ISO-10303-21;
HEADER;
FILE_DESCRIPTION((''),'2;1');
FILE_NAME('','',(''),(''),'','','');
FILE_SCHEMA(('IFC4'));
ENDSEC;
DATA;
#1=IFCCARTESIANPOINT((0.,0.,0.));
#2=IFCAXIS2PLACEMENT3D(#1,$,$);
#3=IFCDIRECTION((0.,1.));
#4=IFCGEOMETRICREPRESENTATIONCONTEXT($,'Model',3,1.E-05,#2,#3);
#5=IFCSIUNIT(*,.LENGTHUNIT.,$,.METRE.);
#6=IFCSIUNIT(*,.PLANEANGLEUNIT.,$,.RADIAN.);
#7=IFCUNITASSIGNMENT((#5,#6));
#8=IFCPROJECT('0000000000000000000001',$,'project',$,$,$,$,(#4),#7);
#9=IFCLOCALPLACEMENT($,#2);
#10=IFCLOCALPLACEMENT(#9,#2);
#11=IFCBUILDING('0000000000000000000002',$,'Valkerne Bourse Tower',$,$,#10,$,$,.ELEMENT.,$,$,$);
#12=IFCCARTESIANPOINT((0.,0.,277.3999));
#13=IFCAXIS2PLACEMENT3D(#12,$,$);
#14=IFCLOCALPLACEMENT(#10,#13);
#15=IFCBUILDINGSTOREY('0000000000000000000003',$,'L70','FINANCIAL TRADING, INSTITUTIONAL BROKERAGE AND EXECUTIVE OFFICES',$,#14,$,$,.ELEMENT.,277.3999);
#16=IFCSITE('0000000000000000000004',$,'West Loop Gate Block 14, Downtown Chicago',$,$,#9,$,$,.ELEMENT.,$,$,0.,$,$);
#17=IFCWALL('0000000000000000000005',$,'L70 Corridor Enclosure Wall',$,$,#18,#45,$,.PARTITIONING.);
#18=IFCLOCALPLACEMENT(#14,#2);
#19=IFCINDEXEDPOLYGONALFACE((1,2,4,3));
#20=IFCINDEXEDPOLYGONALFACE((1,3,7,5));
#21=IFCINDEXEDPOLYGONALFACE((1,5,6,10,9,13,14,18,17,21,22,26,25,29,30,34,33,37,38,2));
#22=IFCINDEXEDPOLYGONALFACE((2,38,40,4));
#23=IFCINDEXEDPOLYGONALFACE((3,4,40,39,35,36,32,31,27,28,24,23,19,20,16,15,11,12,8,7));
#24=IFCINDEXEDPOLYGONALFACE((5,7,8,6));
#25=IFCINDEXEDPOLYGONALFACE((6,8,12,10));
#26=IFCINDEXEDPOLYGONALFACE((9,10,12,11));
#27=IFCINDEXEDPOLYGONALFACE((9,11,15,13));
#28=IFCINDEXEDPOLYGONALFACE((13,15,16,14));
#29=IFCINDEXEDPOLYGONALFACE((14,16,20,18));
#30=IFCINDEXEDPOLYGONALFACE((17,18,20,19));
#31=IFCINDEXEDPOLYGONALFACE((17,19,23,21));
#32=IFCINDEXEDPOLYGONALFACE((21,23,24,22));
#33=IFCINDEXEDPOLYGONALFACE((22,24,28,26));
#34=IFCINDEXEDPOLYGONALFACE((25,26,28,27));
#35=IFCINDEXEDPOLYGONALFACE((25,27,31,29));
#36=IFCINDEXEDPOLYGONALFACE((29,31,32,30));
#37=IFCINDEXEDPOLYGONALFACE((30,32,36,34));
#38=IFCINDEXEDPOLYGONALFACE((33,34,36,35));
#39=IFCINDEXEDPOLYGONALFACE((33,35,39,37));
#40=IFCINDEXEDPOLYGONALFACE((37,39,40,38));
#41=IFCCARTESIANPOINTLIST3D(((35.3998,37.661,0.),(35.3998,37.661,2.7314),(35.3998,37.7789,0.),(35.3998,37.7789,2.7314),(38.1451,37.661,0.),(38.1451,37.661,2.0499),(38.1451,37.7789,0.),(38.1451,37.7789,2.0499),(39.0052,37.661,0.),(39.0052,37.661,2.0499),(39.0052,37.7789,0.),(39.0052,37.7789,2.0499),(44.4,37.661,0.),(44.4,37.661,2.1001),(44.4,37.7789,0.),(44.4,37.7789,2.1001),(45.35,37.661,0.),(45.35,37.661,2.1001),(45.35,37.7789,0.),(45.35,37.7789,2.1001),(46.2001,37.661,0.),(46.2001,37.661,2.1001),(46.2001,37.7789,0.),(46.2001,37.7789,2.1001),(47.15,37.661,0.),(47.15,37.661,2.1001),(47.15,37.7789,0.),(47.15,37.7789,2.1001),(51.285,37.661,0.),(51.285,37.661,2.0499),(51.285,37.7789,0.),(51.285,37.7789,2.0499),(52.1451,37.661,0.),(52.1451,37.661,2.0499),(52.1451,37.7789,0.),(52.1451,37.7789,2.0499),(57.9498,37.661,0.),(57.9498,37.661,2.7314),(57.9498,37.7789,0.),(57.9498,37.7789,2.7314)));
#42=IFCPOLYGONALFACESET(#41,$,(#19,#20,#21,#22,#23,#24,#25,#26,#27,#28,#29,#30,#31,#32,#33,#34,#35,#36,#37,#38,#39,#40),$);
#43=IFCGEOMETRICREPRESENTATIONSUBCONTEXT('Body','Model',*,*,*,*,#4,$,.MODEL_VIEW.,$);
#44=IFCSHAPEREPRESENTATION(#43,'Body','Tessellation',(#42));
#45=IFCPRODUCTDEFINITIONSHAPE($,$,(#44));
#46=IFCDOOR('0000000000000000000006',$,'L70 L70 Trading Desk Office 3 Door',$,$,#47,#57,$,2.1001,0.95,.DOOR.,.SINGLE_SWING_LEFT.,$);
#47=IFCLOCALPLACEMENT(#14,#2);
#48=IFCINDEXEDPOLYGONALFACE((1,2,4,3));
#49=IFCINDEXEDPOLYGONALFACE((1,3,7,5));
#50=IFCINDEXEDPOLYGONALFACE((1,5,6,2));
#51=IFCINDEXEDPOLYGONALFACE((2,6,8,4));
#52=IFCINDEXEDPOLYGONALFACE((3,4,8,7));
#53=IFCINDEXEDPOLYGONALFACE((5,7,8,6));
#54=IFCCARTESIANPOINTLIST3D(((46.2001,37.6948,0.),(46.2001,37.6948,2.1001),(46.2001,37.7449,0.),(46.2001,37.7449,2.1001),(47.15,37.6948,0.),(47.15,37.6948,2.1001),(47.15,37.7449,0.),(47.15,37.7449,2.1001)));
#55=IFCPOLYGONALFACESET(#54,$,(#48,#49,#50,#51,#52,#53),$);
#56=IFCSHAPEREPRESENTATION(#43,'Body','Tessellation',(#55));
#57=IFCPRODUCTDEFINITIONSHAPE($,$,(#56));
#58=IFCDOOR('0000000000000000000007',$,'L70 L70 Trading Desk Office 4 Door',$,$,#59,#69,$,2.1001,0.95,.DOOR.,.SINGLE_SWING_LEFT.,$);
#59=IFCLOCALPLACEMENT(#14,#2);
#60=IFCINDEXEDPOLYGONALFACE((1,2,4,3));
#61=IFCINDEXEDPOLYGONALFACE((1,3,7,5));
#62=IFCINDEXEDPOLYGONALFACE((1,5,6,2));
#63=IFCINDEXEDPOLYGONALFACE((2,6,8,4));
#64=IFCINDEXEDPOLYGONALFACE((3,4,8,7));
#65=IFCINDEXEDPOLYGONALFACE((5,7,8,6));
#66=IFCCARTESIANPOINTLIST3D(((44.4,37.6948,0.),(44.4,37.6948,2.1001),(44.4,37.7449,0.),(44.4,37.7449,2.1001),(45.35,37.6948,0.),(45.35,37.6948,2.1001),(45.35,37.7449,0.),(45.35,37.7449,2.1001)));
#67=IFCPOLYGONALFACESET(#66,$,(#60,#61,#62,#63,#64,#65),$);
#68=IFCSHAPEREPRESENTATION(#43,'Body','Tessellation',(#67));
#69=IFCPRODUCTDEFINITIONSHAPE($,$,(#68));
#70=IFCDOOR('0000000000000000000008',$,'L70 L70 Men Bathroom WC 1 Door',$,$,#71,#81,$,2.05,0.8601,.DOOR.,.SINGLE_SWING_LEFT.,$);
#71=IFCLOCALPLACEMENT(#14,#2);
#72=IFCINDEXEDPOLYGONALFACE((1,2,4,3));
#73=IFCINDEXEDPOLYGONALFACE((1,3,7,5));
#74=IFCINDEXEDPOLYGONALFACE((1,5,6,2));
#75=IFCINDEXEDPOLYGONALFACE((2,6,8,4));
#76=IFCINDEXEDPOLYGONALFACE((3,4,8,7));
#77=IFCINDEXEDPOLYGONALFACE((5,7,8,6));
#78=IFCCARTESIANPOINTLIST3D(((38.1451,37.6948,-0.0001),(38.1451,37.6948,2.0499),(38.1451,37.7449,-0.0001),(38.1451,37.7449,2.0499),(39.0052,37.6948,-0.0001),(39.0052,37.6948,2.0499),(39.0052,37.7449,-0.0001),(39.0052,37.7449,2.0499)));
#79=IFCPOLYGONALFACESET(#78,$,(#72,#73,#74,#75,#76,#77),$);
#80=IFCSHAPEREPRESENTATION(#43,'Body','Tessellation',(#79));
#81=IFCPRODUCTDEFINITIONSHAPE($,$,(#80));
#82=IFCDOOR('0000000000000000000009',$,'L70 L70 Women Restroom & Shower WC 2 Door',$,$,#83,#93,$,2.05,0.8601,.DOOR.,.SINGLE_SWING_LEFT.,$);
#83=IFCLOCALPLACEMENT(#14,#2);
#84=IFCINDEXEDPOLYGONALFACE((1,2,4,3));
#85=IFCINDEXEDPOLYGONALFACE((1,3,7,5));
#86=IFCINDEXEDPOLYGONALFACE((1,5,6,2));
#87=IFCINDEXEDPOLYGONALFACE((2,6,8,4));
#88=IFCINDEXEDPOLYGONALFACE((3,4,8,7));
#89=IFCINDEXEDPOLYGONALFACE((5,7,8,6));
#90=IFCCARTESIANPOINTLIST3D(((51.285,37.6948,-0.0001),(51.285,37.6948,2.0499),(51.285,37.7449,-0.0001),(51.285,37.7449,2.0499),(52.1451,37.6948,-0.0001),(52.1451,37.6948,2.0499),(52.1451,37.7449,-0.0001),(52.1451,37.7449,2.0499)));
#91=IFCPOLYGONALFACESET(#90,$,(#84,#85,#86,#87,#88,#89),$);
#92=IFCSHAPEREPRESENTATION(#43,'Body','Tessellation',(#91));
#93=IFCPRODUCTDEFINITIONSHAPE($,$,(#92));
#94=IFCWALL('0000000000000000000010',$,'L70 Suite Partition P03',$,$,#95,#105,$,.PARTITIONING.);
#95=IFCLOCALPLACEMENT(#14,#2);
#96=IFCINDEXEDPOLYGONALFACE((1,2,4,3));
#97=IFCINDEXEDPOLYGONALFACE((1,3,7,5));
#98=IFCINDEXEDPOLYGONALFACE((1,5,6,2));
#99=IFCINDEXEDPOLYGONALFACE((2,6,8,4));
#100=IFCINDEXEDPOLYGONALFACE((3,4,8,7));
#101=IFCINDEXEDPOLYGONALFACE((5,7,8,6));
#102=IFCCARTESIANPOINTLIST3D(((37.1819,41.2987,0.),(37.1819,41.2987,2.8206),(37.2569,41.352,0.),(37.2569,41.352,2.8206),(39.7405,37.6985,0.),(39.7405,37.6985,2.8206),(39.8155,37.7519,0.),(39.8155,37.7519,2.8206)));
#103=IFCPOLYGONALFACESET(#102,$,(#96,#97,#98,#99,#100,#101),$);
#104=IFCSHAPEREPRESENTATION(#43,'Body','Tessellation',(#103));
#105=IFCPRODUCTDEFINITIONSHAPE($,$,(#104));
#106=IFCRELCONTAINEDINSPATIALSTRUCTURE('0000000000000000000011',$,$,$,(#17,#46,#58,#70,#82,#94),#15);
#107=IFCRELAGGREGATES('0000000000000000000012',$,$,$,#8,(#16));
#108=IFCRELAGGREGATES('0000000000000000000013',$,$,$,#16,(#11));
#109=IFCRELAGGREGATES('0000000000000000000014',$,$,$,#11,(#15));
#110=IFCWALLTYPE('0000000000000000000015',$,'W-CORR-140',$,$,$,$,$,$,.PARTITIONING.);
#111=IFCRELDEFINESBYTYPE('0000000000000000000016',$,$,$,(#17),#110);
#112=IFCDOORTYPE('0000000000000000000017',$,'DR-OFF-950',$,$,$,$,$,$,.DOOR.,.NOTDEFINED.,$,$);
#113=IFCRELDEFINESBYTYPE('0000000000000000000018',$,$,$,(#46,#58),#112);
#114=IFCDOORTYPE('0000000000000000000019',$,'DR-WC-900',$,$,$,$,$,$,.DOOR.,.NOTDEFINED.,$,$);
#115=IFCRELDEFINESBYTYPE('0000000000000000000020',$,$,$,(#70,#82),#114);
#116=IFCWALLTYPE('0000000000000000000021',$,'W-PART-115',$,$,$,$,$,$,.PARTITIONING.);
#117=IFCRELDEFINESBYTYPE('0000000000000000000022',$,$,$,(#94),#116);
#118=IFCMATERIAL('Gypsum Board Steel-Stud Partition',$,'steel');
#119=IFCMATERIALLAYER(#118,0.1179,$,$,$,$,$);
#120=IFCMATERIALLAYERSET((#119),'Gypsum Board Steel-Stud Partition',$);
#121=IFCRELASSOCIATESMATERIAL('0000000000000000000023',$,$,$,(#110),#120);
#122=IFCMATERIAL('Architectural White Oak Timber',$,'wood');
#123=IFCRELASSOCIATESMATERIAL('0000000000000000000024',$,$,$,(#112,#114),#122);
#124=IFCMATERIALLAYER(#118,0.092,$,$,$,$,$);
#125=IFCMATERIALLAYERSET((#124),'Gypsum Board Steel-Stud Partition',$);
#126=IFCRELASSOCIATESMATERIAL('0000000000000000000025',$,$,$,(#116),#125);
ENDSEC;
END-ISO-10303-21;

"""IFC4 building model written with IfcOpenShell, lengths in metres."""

from ifc_helpers import new_model, si_unit, direction, frame, frame_2d, origin, place, context, subcontext, project, spatial, rectangle, extrude, material, layer, layer_set, type_object, element, fill, save


model = new_model("IFC4")

# Units and contexts
model_context = context("Model", 3, precision=1e-05, world=origin(), true_north=direction((0.0, 1.0)))
body_context = subcontext(model_context, "Body", "Model", "MODEL_VIEW")
ifc_project = project(units=[si_unit("LENGTHUNIT", "METRE"), si_unit("PLANEANGLEUNIT", "RADIAN")], contexts=[model_context])

# Site, building, storey
site_placement = place(None, origin())
site = spatial("IfcSite", under=ifc_project, at=site_placement, Name="West Loop Gate Block 14, Downtown Chicago", CompositionType="ELEMENT", RefElevation=0.0)
building_placement = place(site_placement, origin())
building = spatial("IfcBuilding", under=site, at=building_placement, Name="Valkerne Bourse Tower", CompositionType="ELEMENT")
storey_placement = place(building_placement, frame((0.0, 0.0, 277.3999)))
storey = spatial("IfcBuildingStorey", under=building, at=storey_placement, Name="L70", Description="FINANCIAL TRADING, INSTITUTIONAL BROKERAGE AND EXECUTIVE OFFICES", CompositionType="ELEMENT", Elevation=277.3999)

# Wall, openings, doors
ifc_material_1 = material(Name="Gypsum Board Steel-Stud Partition", Category="steel")
ifc_layer_1 = layer(ifc_material_1, 0.1179)
ifc_layer_set_1 = layer_set([ifc_layer_1], Name="Gypsum Board Steel-Stud Partition")
wall_type_1 = type_object("IfcWallType", Name="W-CORR-140", PredefinedType="PARTITIONING", material=ifc_layer_set_1)
wall_1_placement = place(storey_placement, frame((35.3999, 37.72, 0.0), z_axis=(0.0, 0.0, 1.0), x_axis=(1.0, 0.0, 0.0)))
wall_1 = element("IfcWall", 1, at=wall_1_placement, inside=storey, type_object=wall_type_1, Name="L70 Corridor Enclosure Wall", PredefinedType="PARTITIONING", context=body_context, shape_type="SweptSolid", body=[
    extrude(rectangle(XDim=22.55, YDim=0.1179, at=frame_2d((11.2749, 0.0))), origin(), (0.0, 0.0, 1.0), 2.7314),
])
opening_1_placement = place(wall_1_placement, frame((2.7451, 0.0, 0.0)))
opening_1 = element("IfcOpeningElement", 2, at=opening_1_placement, cuts=wall_1, PredefinedType="OPENING", context=body_context, shape_type="SweptSolid", body=[
    extrude(rectangle(XDim=0.8601, YDim=2.05, at=frame_2d((0.4302, 1.0249))), frame((0.0, 0.0688, 0.0), z_axis=(0.0, -1.0, 0.0), x_axis=(1.0, 0.0, 0.0)), (0.0, 0.0, 1.0), 0.1379),
])
opening_2_placement = place(wall_1_placement, frame((15.885, 0.0, 0.0)))
opening_2 = element("IfcOpeningElement", 3, at=opening_2_placement, cuts=wall_1, PredefinedType="OPENING", context=body_context, shape_type="SweptSolid", body=[
    extrude(rectangle(XDim=0.8601, YDim=2.05, at=frame_2d((0.4302, 1.0249))), frame((0.0, 0.0688, 0.0), z_axis=(0.0, -1.0, 0.0), x_axis=(1.0, 0.0, 0.0)), (0.0, 0.0, 1.0), 0.1379),
])
opening_3_placement = place(wall_1_placement, frame((10.8, 0.0, 0.0)))
opening_3 = element("IfcOpeningElement", 4, at=opening_3_placement, cuts=wall_1, PredefinedType="OPENING", context=body_context, shape_type="SweptSolid", body=[
    extrude(rectangle(XDim=0.95, YDim=2.1001, at=frame_2d((0.4751, 1.05))), frame((0.0, 0.0688, 0.0), z_axis=(0.0, -1.0, 0.0), x_axis=(1.0, 0.0, 0.0)), (0.0, 0.0, 1.0), 0.1379),
])
opening_4_placement = place(wall_1_placement, frame((9.0, 0.0, 0.0)))
opening_4 = element("IfcOpeningElement", 5, at=opening_4_placement, cuts=wall_1, PredefinedType="OPENING", context=body_context, shape_type="SweptSolid", body=[
    extrude(rectangle(XDim=0.95, YDim=2.1001, at=frame_2d((0.4751, 1.05))), frame((0.0, 0.0688, 0.0), z_axis=(0.0, -1.0, 0.0), x_axis=(1.0, 0.0, 0.0)), (0.0, 0.0, 1.0), 0.1379),
])
ifc_material_2 = material(Name="Architectural White Oak Timber", Category="wood")
door_type_1 = type_object("IfcDoorType", Name="DR-OFF-950", OperationType="NOTDEFINED", PredefinedType="DOOR", material=ifc_material_2)
door_1_placement = place(opening_3_placement, origin())
door_1 = element("IfcDoor", 6, at=door_1_placement, inside=storey, type_object=door_type_1, Name="L70 L70 Trading Desk Office 3 Door", OperationType="SINGLE_SWING_LEFT", OverallHeight=2.1001, OverallWidth=0.95, PredefinedType="DOOR", context=body_context, shape_type="SweptSolid", body=[
    extrude(rectangle(XDim=0.95, YDim=2.1001, at=frame_2d((0.4751, 1.05))), frame((0.0, 0.0249, 0.0), z_axis=(0.0, -1.0, 0.0), x_axis=(1.0, 0.0, 0.0)), (0.0, 0.0, 1.0), 0.05),
])
fill(opening_3, door_1)
door_2_placement = place(opening_4_placement, origin())
door_2 = element("IfcDoor", 7, at=door_2_placement, inside=storey, type_object=door_type_1, Name="L70 L70 Trading Desk Office 4 Door", OperationType="SINGLE_SWING_LEFT", OverallHeight=2.1001, OverallWidth=0.95, PredefinedType="DOOR", context=body_context, shape_type="SweptSolid", body=[
    extrude(rectangle(XDim=0.95, YDim=2.1001, at=frame_2d((0.4751, 1.05))), frame((0.0, 0.0249, 0.0), z_axis=(0.0, -1.0, 0.0), x_axis=(1.0, 0.0, 0.0)), (0.0, 0.0, 1.0), 0.05),
])
fill(opening_4, door_2)
door_type_2 = type_object("IfcDoorType", Name="DR-WC-900", OperationType="NOTDEFINED", PredefinedType="DOOR", material=ifc_material_2)
door_3_placement = place(opening_1_placement, origin())
door_3 = element("IfcDoor", 8, at=door_3_placement, inside=storey, type_object=door_type_2, Name="L70 L70 Men Bathroom WC 1 Door", OperationType="SINGLE_SWING_LEFT", OverallHeight=2.05, OverallWidth=0.8601, PredefinedType="DOOR", context=body_context, shape_type="SweptSolid", body=[
    extrude(rectangle(XDim=0.8601, YDim=2.05, at=frame_2d((0.4302, 1.0249))), frame((0.0, 0.0249, 0.0), z_axis=(0.0, -1.0, 0.0), x_axis=(1.0, 0.0, 0.0)), (0.0, 0.0, 1.0), 0.05),
])
fill(opening_1, door_3)
door_4_placement = place(opening_2_placement, origin())
door_4 = element("IfcDoor", 9, at=door_4_placement, inside=storey, type_object=door_type_2, Name="L70 L70 Women Restroom & Shower WC 2 Door", OperationType="SINGLE_SWING_LEFT", OverallHeight=2.05, OverallWidth=0.8601, PredefinedType="DOOR", context=body_context, shape_type="SweptSolid", body=[
    extrude(rectangle(XDim=0.8601, YDim=2.05, at=frame_2d((0.4302, 1.0249))), frame((0.0, 0.0249, 0.0), z_axis=(0.0, -1.0, 0.0), x_axis=(1.0, 0.0, 0.0)), (0.0, 0.0, 1.0), 0.05),
])
fill(opening_2, door_4)

# Wall
ifc_layer_2 = layer(ifc_material_1, 0.092)
ifc_layer_set_2 = layer_set([ifc_layer_2], Name="Gypsum Board Steel-Stud Partition")
wall_type_2 = type_object("IfcWallType", Name="W-PART-115", PredefinedType="PARTITIONING", material=ifc_layer_set_2)
wall_2_placement = place(storey_placement, frame((39.7781, 37.7251, 0.0), z_axis=(0.0, 0.0, 1.0), x_axis=(-0.579302, 0.815113, 0.0)))
element("IfcWall", 10, at=wall_2_placement, inside=storey, type_object=wall_type_2, Name="L70 Suite Partition P03", PredefinedType="PARTITIONING", context=body_context, shape_type="SweptSolid", body=[
    extrude(rectangle(XDim=4.4167, YDim=0.092, at=frame_2d((2.2085, 0.0))), origin(), (0.0, 0.0, 1.0), 2.8206),
])

save(model, "model.ifc")
